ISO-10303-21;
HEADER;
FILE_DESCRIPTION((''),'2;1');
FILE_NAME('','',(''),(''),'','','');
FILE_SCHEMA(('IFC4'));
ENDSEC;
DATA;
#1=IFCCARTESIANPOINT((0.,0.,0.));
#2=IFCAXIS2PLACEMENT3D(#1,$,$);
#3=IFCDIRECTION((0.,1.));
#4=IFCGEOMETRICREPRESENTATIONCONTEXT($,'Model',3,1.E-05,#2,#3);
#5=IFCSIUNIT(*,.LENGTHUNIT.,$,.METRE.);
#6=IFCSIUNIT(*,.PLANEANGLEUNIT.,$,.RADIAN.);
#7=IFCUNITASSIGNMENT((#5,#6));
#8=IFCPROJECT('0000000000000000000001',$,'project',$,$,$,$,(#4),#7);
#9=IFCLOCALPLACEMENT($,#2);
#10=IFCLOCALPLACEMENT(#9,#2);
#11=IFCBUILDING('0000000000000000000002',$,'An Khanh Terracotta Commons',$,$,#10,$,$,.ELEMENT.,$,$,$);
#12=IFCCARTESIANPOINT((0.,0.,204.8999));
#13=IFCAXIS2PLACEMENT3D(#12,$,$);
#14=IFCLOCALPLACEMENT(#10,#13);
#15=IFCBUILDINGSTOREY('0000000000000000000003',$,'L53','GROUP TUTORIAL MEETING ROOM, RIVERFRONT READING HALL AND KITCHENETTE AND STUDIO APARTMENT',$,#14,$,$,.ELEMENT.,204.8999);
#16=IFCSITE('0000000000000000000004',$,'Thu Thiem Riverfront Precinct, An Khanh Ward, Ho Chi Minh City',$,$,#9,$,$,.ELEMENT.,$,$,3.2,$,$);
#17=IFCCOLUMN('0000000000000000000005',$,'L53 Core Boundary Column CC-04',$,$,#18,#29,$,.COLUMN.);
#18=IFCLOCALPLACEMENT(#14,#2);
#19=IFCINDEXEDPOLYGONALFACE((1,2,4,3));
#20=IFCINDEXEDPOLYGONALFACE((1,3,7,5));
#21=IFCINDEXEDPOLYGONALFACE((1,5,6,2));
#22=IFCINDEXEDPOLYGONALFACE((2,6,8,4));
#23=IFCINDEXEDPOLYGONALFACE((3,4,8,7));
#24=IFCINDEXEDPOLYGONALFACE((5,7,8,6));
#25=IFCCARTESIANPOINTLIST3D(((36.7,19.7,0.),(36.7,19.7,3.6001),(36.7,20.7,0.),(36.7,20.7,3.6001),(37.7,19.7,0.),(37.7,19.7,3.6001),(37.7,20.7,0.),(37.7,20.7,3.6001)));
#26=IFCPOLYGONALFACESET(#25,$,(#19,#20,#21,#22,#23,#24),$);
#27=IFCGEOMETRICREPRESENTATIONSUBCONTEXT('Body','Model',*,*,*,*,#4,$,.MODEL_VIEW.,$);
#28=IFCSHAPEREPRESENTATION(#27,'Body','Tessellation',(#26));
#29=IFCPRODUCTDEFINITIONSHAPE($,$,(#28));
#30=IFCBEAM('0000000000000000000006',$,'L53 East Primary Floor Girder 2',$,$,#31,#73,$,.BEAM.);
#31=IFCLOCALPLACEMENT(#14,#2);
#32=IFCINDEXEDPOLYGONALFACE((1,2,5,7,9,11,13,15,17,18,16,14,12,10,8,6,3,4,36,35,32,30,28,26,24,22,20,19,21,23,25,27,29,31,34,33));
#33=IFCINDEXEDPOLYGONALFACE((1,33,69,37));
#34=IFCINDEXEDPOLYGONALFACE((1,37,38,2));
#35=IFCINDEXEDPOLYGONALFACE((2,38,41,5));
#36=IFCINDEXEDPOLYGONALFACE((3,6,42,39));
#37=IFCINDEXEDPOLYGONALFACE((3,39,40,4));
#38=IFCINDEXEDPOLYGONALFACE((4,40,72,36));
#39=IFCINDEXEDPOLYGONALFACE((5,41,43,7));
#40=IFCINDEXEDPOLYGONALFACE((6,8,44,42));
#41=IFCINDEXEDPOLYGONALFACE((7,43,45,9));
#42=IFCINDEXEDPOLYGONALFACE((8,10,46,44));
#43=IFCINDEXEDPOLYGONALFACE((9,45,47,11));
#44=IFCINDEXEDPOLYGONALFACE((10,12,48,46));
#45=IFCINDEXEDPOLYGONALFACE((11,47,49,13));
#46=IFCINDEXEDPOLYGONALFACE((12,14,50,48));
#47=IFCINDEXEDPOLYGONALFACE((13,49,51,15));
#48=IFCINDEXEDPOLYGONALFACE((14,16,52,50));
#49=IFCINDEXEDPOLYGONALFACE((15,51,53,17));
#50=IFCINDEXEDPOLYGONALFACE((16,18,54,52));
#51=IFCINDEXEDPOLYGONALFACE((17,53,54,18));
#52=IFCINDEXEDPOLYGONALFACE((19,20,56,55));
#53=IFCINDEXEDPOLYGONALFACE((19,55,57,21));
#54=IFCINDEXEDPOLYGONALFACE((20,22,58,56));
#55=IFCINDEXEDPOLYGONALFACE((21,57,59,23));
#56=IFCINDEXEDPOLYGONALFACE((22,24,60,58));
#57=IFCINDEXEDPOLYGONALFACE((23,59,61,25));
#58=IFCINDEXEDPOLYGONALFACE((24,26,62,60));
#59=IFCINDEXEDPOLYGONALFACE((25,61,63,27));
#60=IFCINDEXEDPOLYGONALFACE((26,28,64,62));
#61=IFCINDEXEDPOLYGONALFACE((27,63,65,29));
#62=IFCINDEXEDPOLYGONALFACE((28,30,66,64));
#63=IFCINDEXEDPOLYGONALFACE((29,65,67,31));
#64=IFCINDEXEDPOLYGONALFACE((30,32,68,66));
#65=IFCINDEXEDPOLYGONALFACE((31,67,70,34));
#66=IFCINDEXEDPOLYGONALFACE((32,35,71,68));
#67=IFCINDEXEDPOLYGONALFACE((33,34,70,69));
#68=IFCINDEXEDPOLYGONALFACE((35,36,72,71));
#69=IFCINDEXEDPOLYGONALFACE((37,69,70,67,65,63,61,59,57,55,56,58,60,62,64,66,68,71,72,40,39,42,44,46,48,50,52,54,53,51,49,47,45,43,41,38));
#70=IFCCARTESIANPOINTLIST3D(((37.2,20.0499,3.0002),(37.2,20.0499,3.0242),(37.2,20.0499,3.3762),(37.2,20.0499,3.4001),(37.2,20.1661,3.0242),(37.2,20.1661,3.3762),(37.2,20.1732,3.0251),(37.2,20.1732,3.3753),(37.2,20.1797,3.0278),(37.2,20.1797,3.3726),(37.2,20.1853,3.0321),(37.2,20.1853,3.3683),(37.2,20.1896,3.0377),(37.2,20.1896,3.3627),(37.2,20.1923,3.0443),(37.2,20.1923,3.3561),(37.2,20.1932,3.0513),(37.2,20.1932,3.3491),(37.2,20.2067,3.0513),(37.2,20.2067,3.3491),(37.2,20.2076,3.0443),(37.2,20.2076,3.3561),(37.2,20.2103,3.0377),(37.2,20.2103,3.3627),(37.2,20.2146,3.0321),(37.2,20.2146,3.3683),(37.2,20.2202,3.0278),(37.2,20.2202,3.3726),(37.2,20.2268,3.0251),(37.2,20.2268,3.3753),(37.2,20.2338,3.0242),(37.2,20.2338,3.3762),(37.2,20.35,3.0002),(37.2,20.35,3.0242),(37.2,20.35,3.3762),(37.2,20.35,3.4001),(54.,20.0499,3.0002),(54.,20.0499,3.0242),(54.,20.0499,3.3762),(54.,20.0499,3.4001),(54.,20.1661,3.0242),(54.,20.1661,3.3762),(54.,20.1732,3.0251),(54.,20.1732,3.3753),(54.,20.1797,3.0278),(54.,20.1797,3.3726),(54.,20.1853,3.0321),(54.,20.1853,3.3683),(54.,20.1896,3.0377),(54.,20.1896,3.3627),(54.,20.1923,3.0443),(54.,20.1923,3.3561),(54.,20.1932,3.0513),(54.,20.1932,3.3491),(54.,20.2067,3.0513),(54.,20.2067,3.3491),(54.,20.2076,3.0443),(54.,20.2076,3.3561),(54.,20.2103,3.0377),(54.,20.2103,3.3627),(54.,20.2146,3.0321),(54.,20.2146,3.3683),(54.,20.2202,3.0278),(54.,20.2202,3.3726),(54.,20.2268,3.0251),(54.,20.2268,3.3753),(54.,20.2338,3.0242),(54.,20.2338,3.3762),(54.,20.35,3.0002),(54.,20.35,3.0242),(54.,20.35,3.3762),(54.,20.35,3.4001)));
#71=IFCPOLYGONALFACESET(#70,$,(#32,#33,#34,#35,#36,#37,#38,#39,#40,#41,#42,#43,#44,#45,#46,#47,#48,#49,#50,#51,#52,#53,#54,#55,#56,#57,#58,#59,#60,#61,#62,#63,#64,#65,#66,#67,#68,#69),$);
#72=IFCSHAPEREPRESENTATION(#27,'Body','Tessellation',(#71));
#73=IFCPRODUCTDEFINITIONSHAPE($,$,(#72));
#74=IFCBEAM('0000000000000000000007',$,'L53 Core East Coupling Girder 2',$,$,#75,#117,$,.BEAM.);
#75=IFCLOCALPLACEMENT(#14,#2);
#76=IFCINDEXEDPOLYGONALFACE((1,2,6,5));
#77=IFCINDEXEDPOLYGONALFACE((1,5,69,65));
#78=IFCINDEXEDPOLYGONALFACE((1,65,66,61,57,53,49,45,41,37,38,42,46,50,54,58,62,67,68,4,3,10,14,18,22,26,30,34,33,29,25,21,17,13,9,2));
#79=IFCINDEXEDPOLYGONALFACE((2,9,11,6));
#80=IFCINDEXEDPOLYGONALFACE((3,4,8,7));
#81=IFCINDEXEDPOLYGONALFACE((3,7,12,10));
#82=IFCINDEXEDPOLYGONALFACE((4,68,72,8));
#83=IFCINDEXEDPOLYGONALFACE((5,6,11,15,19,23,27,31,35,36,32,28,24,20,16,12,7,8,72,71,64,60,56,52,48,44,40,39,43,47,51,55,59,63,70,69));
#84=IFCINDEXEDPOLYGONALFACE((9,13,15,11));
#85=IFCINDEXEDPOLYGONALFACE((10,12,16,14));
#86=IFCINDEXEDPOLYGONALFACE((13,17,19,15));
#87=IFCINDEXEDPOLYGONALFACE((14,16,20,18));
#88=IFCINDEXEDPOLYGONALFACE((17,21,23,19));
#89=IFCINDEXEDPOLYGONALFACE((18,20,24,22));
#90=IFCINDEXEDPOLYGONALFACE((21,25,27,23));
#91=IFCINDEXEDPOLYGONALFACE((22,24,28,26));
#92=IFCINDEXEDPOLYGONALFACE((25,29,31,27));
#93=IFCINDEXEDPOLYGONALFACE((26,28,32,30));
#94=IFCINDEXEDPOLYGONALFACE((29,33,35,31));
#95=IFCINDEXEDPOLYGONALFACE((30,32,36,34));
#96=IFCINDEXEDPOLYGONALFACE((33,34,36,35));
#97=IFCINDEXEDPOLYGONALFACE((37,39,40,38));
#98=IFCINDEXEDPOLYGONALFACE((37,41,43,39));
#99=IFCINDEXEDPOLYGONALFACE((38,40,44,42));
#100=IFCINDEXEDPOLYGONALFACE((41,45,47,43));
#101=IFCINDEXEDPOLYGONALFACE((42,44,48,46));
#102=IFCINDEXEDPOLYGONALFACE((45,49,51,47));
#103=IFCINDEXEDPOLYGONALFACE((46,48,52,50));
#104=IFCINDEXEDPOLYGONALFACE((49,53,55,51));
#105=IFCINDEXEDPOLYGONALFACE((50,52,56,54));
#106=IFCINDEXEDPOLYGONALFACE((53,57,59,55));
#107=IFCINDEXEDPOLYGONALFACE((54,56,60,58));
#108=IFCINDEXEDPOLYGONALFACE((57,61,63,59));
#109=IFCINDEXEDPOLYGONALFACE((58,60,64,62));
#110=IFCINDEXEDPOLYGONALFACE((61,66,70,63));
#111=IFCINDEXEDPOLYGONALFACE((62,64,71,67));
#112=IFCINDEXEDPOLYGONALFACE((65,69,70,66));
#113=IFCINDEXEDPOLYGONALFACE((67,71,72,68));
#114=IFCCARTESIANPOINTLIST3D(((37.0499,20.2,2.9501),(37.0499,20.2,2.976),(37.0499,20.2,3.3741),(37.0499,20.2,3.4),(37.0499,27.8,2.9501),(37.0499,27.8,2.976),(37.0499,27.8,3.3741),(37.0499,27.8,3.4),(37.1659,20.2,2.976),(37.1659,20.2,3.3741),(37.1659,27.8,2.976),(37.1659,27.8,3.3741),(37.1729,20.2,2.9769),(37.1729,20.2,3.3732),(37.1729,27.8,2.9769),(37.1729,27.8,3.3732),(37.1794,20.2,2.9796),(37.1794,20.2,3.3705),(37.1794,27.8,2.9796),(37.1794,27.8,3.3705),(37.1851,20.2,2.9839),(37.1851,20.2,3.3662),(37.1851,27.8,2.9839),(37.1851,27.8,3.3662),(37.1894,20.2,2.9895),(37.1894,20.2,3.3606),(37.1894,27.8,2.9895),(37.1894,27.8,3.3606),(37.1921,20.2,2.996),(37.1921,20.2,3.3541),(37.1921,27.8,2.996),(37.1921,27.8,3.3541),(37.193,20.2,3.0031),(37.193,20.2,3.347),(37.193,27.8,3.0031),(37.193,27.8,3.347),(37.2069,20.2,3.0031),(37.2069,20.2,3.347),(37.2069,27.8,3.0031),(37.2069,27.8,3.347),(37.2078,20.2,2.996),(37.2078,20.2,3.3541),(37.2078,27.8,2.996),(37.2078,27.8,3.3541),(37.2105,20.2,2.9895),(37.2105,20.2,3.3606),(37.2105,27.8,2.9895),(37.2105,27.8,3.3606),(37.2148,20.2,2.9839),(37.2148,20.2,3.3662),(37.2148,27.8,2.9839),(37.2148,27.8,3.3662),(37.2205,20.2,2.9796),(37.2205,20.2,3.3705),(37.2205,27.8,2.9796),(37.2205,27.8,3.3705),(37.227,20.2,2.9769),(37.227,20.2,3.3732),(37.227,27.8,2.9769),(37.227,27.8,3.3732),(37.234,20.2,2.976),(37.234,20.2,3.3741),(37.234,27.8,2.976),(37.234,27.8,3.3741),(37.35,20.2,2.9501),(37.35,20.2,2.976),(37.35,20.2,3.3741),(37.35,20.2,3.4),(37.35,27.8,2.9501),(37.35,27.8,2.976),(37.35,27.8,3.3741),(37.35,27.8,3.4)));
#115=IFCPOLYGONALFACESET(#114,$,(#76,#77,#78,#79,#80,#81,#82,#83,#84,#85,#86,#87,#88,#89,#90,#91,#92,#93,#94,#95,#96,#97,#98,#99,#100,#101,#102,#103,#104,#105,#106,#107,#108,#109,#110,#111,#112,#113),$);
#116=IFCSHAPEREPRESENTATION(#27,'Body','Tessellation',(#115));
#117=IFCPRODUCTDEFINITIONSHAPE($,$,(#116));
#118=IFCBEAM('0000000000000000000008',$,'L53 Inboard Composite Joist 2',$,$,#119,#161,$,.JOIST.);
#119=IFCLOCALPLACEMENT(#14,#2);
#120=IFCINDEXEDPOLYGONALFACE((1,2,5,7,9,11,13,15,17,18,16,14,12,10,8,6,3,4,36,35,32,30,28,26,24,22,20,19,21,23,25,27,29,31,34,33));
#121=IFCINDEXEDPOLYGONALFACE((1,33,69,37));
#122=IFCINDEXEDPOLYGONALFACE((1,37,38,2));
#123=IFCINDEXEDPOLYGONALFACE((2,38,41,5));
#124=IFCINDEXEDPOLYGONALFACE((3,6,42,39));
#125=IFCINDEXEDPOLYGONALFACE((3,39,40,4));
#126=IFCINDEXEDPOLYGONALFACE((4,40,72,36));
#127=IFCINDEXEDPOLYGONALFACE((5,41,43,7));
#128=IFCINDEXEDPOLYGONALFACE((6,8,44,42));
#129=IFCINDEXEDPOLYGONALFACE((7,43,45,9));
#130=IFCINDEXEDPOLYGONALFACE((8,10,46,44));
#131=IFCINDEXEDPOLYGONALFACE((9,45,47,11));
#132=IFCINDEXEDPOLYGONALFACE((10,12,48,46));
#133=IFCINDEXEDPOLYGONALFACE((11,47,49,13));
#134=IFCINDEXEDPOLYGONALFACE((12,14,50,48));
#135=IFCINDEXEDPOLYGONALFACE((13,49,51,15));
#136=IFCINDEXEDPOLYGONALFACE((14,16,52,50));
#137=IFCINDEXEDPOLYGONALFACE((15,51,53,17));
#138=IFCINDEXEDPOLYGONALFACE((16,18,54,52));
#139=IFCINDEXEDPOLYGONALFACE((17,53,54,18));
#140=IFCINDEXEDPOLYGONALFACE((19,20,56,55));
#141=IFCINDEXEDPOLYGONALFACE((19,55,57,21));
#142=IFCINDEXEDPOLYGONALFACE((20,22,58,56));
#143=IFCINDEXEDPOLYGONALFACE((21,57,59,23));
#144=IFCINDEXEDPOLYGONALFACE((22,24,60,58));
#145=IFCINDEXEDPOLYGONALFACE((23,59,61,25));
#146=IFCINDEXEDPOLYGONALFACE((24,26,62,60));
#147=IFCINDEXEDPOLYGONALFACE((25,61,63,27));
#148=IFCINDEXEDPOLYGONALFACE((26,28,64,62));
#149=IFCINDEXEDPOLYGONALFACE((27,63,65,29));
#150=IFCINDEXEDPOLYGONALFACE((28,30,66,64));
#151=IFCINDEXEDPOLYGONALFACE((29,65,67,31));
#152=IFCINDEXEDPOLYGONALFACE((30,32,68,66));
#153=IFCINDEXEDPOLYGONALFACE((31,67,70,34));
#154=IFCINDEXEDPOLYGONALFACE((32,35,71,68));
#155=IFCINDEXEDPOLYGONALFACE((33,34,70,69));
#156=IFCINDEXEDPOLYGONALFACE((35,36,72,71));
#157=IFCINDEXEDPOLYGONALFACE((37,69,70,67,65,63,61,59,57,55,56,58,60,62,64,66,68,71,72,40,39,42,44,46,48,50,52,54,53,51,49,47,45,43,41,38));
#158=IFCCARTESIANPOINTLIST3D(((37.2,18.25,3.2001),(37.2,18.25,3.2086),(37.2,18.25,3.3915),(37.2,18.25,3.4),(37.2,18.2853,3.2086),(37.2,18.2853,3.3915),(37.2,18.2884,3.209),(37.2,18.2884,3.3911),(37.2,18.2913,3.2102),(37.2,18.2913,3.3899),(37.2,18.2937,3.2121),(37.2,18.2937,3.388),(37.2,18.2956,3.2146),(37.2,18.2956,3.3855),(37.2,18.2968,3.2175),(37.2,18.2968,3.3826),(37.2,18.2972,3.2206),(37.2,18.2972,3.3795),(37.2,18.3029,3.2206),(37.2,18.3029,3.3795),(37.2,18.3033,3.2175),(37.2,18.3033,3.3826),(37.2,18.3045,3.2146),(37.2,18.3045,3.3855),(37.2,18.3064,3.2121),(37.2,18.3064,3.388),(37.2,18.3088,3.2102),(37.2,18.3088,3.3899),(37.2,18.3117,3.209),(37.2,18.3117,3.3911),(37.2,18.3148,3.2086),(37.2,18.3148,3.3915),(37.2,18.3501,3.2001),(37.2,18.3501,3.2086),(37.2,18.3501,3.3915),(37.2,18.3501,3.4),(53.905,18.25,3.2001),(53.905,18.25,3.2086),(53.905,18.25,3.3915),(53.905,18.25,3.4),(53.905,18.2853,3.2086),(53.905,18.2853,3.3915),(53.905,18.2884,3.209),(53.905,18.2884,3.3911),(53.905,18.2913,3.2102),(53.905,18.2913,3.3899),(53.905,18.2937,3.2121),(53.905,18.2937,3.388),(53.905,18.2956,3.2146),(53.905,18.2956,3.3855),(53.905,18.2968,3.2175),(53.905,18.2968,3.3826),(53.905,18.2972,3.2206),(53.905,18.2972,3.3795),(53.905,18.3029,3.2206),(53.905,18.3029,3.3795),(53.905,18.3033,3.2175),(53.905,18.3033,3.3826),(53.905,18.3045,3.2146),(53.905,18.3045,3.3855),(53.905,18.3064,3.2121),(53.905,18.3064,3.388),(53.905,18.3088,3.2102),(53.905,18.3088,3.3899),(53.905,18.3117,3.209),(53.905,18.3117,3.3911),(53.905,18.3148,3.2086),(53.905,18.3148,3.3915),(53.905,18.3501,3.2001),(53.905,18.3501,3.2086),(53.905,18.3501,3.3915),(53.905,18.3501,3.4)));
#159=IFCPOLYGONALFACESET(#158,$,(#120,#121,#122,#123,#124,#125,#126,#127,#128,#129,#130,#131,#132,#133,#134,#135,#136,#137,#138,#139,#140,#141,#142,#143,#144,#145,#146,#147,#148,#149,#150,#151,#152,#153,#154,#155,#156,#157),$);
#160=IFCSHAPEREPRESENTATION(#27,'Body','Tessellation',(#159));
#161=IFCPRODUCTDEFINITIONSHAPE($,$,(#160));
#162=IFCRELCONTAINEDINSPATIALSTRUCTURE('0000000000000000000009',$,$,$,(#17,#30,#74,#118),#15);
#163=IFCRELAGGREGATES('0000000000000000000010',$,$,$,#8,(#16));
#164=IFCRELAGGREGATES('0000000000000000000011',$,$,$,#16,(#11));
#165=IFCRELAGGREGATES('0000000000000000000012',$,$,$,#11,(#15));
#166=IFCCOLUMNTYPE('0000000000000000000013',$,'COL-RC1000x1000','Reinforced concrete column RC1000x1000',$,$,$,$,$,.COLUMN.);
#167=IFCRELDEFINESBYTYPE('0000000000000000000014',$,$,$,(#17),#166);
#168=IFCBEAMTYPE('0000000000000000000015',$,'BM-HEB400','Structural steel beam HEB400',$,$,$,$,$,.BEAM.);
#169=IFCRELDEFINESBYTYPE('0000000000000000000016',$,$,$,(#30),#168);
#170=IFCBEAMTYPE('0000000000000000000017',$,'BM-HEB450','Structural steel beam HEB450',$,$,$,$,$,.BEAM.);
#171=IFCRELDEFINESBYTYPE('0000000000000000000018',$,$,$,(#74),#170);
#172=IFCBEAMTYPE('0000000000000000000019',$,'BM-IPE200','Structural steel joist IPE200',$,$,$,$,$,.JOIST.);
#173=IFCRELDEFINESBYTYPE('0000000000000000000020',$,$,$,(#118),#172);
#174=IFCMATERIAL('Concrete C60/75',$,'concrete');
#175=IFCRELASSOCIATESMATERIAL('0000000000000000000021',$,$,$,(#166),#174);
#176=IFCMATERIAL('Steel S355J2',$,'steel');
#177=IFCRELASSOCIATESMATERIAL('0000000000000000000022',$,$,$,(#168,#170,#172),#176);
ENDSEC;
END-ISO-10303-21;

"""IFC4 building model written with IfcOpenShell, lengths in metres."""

from ifc_helpers import new_model, si_unit, direction, frame, origin, origin_2d, place, context, subcontext, project, spatial, rectangle, i_section, extrude, material, material_profile, profile_set, type_object, element, save


model = new_model("IFC4")

# Units and contexts
model_context = context("Model", 3, precision=1e-05, world=origin(), true_north=direction((0.0, 1.0)))
body_context = subcontext(model_context, "Body", "Model", "MODEL_VIEW")
ifc_project = project(units=[si_unit("LENGTHUNIT", "METRE"), si_unit("PLANEANGLEUNIT", "RADIAN")], contexts=[model_context])

# Site, building, storey
site_placement = place(None, origin())
site = spatial("IfcSite", under=ifc_project, at=site_placement, Name="Thu Thiem Riverfront Precinct, An Khanh Ward, Ho Chi Minh City", CompositionType="ELEMENT", RefElevation=3.2)
building_placement = place(site_placement, origin())
building = spatial("IfcBuilding", under=site, at=building_placement, Name="An Khanh Terracotta Commons", CompositionType="ELEMENT")
storey_placement = place(building_placement, frame((0.0, 0.0, 204.8999)))
storey = spatial("IfcBuildingStorey", under=building, at=storey_placement, Name="L53", Description="GROUP TUTORIAL MEETING ROOM, RIVERFRONT READING HALL AND KITCHENETTE AND STUDIO APARTMENT", CompositionType="ELEMENT", Elevation=204.8999)

# Column
ifc_material_1 = material(Name="Concrete C60/75", Category="concrete")
ifc_material_profile_1 = material_profile(ifc_material_1, rectangle(XDim=1.0, YDim=1.0, at=origin_2d()), Name="RC1000x1000")
ifc_profile_set_1 = profile_set([ifc_material_profile_1], Name="Concrete C60/75")
column_type = type_object("IfcColumnType", Name="COL-RC1000x1000", Description="Reinforced concrete column RC1000x1000", PredefinedType="COLUMN", material=ifc_profile_set_1)
column_placement = place(storey_placement, frame((37.2, 20.2, 0.0), z_axis=(0.0, 0.0, 1.0), x_axis=(1.0, 0.0, 0.0)))
element("IfcColumn", 1, at=column_placement, inside=storey, type_object=column_type, Name="L53 Core Boundary Column CC-04", PredefinedType="COLUMN", context=body_context, shape_type="SweptSolid", body=[
    extrude(rectangle(XDim=1.0, YDim=1.0, at=origin_2d()), origin(), (0.0, 0.0, 1.0), 3.6001),
])

# Beams
ifc_material_2 = material(Name="Steel S355J2", Category="steel")
ifc_material_profile_2 = material_profile(ifc_material_2, i_section(OverallWidth=0.3, OverallDepth=0.3999, WebThickness=0.0134, FlangeThickness=0.0239, FilletRadius=0.0271, at=origin_2d()), Name="HEB400")
ifc_profile_set_2 = profile_set([ifc_material_profile_2], Name="Steel S355J2")
beam_type_1 = type_object("IfcBeamType", Name="BM-HEB400", Description="Structural steel beam HEB400", PredefinedType="BEAM", material=ifc_profile_set_2)
beam_1_placement = place(storey_placement, frame((37.2, 20.2, 3.2002), z_axis=(1.0, 0.0, 0.0), x_axis=(0.0, 1.0, 0.0)))
element("IfcBeam", 2, at=beam_1_placement, inside=storey, type_object=beam_type_1, Name="L53 East Primary Floor Girder 2", PredefinedType="BEAM", context=body_context, shape_type="SweptSolid", body=[
    extrude(i_section(OverallWidth=0.3, OverallDepth=0.3999, WebThickness=0.0134, FlangeThickness=0.0239, FilletRadius=0.0271, at=origin_2d()), origin(), (0.0, 0.0, 1.0), 16.8),
])
ifc_material_profile_3 = material_profile(ifc_material_2, i_section(OverallWidth=0.3, OverallDepth=0.45, WebThickness=0.0139, FlangeThickness=0.0259, FilletRadius=0.0271, at=origin_2d()), Name="HEB450")
ifc_profile_set_3 = profile_set([ifc_material_profile_3], Name="Steel S355J2")
beam_type_2 = type_object("IfcBeamType", Name="BM-HEB450", Description="Structural steel beam HEB450", PredefinedType="BEAM", material=ifc_profile_set_3)
beam_2_placement = place(storey_placement, frame((37.2, 20.2, 3.175), z_axis=(0.0, 1.0, 0.0), x_axis=(-1.0, 0.0, 0.0)))
element("IfcBeam", 3, at=beam_2_placement, inside=storey, type_object=beam_type_2, Name="L53 Core East Coupling Girder 2", PredefinedType="BEAM", context=body_context, shape_type="SweptSolid", body=[
    extrude(i_section(OverallWidth=0.3, OverallDepth=0.45, WebThickness=0.0139, FlangeThickness=0.0259, FilletRadius=0.0271, at=origin_2d()), origin(), (0.0, 0.0, 1.0), 7.6001),
])
ifc_material_profile_4 = material_profile(ifc_material_2, i_section(OverallWidth=0.1001, OverallDepth=0.2, WebThickness=0.0056, FlangeThickness=0.0085, FilletRadius=0.012, at=origin_2d()), Name="IPE200")
ifc_profile_set_4 = profile_set([ifc_material_profile_4], Name="Steel S355J2")
beam_type_3 = type_object("IfcBeamType", Name="BM-IPE200", Description="Structural steel joist IPE200", PredefinedType="JOIST", material=ifc_profile_set_4)
for number, where, z_axis, x_axis, name in (
    (4, (37.2, 18.3, 3.3), (1.0, 0.0, 0.0), (0.0, 1.0, 0.0), "L53 Inboard Composite Joist 2"),
):
    element("IfcBeam", number, at=place(storey_placement, frame(where, z_axis=z_axis, x_axis=x_axis)), inside=storey, type_object=beam_type_3, Name=name, PredefinedType="JOIST", context=body_context, shape_type="SweptSolid", body=[
        extrude(i_section(OverallWidth=0.1001, OverallDepth=0.2, WebThickness=0.0056, FlangeThickness=0.0085, FilletRadius=0.012, at=origin_2d()), origin(), (0.0, 0.0, 1.0), 16.7051),
    ])

save(model, "model.ifc")
